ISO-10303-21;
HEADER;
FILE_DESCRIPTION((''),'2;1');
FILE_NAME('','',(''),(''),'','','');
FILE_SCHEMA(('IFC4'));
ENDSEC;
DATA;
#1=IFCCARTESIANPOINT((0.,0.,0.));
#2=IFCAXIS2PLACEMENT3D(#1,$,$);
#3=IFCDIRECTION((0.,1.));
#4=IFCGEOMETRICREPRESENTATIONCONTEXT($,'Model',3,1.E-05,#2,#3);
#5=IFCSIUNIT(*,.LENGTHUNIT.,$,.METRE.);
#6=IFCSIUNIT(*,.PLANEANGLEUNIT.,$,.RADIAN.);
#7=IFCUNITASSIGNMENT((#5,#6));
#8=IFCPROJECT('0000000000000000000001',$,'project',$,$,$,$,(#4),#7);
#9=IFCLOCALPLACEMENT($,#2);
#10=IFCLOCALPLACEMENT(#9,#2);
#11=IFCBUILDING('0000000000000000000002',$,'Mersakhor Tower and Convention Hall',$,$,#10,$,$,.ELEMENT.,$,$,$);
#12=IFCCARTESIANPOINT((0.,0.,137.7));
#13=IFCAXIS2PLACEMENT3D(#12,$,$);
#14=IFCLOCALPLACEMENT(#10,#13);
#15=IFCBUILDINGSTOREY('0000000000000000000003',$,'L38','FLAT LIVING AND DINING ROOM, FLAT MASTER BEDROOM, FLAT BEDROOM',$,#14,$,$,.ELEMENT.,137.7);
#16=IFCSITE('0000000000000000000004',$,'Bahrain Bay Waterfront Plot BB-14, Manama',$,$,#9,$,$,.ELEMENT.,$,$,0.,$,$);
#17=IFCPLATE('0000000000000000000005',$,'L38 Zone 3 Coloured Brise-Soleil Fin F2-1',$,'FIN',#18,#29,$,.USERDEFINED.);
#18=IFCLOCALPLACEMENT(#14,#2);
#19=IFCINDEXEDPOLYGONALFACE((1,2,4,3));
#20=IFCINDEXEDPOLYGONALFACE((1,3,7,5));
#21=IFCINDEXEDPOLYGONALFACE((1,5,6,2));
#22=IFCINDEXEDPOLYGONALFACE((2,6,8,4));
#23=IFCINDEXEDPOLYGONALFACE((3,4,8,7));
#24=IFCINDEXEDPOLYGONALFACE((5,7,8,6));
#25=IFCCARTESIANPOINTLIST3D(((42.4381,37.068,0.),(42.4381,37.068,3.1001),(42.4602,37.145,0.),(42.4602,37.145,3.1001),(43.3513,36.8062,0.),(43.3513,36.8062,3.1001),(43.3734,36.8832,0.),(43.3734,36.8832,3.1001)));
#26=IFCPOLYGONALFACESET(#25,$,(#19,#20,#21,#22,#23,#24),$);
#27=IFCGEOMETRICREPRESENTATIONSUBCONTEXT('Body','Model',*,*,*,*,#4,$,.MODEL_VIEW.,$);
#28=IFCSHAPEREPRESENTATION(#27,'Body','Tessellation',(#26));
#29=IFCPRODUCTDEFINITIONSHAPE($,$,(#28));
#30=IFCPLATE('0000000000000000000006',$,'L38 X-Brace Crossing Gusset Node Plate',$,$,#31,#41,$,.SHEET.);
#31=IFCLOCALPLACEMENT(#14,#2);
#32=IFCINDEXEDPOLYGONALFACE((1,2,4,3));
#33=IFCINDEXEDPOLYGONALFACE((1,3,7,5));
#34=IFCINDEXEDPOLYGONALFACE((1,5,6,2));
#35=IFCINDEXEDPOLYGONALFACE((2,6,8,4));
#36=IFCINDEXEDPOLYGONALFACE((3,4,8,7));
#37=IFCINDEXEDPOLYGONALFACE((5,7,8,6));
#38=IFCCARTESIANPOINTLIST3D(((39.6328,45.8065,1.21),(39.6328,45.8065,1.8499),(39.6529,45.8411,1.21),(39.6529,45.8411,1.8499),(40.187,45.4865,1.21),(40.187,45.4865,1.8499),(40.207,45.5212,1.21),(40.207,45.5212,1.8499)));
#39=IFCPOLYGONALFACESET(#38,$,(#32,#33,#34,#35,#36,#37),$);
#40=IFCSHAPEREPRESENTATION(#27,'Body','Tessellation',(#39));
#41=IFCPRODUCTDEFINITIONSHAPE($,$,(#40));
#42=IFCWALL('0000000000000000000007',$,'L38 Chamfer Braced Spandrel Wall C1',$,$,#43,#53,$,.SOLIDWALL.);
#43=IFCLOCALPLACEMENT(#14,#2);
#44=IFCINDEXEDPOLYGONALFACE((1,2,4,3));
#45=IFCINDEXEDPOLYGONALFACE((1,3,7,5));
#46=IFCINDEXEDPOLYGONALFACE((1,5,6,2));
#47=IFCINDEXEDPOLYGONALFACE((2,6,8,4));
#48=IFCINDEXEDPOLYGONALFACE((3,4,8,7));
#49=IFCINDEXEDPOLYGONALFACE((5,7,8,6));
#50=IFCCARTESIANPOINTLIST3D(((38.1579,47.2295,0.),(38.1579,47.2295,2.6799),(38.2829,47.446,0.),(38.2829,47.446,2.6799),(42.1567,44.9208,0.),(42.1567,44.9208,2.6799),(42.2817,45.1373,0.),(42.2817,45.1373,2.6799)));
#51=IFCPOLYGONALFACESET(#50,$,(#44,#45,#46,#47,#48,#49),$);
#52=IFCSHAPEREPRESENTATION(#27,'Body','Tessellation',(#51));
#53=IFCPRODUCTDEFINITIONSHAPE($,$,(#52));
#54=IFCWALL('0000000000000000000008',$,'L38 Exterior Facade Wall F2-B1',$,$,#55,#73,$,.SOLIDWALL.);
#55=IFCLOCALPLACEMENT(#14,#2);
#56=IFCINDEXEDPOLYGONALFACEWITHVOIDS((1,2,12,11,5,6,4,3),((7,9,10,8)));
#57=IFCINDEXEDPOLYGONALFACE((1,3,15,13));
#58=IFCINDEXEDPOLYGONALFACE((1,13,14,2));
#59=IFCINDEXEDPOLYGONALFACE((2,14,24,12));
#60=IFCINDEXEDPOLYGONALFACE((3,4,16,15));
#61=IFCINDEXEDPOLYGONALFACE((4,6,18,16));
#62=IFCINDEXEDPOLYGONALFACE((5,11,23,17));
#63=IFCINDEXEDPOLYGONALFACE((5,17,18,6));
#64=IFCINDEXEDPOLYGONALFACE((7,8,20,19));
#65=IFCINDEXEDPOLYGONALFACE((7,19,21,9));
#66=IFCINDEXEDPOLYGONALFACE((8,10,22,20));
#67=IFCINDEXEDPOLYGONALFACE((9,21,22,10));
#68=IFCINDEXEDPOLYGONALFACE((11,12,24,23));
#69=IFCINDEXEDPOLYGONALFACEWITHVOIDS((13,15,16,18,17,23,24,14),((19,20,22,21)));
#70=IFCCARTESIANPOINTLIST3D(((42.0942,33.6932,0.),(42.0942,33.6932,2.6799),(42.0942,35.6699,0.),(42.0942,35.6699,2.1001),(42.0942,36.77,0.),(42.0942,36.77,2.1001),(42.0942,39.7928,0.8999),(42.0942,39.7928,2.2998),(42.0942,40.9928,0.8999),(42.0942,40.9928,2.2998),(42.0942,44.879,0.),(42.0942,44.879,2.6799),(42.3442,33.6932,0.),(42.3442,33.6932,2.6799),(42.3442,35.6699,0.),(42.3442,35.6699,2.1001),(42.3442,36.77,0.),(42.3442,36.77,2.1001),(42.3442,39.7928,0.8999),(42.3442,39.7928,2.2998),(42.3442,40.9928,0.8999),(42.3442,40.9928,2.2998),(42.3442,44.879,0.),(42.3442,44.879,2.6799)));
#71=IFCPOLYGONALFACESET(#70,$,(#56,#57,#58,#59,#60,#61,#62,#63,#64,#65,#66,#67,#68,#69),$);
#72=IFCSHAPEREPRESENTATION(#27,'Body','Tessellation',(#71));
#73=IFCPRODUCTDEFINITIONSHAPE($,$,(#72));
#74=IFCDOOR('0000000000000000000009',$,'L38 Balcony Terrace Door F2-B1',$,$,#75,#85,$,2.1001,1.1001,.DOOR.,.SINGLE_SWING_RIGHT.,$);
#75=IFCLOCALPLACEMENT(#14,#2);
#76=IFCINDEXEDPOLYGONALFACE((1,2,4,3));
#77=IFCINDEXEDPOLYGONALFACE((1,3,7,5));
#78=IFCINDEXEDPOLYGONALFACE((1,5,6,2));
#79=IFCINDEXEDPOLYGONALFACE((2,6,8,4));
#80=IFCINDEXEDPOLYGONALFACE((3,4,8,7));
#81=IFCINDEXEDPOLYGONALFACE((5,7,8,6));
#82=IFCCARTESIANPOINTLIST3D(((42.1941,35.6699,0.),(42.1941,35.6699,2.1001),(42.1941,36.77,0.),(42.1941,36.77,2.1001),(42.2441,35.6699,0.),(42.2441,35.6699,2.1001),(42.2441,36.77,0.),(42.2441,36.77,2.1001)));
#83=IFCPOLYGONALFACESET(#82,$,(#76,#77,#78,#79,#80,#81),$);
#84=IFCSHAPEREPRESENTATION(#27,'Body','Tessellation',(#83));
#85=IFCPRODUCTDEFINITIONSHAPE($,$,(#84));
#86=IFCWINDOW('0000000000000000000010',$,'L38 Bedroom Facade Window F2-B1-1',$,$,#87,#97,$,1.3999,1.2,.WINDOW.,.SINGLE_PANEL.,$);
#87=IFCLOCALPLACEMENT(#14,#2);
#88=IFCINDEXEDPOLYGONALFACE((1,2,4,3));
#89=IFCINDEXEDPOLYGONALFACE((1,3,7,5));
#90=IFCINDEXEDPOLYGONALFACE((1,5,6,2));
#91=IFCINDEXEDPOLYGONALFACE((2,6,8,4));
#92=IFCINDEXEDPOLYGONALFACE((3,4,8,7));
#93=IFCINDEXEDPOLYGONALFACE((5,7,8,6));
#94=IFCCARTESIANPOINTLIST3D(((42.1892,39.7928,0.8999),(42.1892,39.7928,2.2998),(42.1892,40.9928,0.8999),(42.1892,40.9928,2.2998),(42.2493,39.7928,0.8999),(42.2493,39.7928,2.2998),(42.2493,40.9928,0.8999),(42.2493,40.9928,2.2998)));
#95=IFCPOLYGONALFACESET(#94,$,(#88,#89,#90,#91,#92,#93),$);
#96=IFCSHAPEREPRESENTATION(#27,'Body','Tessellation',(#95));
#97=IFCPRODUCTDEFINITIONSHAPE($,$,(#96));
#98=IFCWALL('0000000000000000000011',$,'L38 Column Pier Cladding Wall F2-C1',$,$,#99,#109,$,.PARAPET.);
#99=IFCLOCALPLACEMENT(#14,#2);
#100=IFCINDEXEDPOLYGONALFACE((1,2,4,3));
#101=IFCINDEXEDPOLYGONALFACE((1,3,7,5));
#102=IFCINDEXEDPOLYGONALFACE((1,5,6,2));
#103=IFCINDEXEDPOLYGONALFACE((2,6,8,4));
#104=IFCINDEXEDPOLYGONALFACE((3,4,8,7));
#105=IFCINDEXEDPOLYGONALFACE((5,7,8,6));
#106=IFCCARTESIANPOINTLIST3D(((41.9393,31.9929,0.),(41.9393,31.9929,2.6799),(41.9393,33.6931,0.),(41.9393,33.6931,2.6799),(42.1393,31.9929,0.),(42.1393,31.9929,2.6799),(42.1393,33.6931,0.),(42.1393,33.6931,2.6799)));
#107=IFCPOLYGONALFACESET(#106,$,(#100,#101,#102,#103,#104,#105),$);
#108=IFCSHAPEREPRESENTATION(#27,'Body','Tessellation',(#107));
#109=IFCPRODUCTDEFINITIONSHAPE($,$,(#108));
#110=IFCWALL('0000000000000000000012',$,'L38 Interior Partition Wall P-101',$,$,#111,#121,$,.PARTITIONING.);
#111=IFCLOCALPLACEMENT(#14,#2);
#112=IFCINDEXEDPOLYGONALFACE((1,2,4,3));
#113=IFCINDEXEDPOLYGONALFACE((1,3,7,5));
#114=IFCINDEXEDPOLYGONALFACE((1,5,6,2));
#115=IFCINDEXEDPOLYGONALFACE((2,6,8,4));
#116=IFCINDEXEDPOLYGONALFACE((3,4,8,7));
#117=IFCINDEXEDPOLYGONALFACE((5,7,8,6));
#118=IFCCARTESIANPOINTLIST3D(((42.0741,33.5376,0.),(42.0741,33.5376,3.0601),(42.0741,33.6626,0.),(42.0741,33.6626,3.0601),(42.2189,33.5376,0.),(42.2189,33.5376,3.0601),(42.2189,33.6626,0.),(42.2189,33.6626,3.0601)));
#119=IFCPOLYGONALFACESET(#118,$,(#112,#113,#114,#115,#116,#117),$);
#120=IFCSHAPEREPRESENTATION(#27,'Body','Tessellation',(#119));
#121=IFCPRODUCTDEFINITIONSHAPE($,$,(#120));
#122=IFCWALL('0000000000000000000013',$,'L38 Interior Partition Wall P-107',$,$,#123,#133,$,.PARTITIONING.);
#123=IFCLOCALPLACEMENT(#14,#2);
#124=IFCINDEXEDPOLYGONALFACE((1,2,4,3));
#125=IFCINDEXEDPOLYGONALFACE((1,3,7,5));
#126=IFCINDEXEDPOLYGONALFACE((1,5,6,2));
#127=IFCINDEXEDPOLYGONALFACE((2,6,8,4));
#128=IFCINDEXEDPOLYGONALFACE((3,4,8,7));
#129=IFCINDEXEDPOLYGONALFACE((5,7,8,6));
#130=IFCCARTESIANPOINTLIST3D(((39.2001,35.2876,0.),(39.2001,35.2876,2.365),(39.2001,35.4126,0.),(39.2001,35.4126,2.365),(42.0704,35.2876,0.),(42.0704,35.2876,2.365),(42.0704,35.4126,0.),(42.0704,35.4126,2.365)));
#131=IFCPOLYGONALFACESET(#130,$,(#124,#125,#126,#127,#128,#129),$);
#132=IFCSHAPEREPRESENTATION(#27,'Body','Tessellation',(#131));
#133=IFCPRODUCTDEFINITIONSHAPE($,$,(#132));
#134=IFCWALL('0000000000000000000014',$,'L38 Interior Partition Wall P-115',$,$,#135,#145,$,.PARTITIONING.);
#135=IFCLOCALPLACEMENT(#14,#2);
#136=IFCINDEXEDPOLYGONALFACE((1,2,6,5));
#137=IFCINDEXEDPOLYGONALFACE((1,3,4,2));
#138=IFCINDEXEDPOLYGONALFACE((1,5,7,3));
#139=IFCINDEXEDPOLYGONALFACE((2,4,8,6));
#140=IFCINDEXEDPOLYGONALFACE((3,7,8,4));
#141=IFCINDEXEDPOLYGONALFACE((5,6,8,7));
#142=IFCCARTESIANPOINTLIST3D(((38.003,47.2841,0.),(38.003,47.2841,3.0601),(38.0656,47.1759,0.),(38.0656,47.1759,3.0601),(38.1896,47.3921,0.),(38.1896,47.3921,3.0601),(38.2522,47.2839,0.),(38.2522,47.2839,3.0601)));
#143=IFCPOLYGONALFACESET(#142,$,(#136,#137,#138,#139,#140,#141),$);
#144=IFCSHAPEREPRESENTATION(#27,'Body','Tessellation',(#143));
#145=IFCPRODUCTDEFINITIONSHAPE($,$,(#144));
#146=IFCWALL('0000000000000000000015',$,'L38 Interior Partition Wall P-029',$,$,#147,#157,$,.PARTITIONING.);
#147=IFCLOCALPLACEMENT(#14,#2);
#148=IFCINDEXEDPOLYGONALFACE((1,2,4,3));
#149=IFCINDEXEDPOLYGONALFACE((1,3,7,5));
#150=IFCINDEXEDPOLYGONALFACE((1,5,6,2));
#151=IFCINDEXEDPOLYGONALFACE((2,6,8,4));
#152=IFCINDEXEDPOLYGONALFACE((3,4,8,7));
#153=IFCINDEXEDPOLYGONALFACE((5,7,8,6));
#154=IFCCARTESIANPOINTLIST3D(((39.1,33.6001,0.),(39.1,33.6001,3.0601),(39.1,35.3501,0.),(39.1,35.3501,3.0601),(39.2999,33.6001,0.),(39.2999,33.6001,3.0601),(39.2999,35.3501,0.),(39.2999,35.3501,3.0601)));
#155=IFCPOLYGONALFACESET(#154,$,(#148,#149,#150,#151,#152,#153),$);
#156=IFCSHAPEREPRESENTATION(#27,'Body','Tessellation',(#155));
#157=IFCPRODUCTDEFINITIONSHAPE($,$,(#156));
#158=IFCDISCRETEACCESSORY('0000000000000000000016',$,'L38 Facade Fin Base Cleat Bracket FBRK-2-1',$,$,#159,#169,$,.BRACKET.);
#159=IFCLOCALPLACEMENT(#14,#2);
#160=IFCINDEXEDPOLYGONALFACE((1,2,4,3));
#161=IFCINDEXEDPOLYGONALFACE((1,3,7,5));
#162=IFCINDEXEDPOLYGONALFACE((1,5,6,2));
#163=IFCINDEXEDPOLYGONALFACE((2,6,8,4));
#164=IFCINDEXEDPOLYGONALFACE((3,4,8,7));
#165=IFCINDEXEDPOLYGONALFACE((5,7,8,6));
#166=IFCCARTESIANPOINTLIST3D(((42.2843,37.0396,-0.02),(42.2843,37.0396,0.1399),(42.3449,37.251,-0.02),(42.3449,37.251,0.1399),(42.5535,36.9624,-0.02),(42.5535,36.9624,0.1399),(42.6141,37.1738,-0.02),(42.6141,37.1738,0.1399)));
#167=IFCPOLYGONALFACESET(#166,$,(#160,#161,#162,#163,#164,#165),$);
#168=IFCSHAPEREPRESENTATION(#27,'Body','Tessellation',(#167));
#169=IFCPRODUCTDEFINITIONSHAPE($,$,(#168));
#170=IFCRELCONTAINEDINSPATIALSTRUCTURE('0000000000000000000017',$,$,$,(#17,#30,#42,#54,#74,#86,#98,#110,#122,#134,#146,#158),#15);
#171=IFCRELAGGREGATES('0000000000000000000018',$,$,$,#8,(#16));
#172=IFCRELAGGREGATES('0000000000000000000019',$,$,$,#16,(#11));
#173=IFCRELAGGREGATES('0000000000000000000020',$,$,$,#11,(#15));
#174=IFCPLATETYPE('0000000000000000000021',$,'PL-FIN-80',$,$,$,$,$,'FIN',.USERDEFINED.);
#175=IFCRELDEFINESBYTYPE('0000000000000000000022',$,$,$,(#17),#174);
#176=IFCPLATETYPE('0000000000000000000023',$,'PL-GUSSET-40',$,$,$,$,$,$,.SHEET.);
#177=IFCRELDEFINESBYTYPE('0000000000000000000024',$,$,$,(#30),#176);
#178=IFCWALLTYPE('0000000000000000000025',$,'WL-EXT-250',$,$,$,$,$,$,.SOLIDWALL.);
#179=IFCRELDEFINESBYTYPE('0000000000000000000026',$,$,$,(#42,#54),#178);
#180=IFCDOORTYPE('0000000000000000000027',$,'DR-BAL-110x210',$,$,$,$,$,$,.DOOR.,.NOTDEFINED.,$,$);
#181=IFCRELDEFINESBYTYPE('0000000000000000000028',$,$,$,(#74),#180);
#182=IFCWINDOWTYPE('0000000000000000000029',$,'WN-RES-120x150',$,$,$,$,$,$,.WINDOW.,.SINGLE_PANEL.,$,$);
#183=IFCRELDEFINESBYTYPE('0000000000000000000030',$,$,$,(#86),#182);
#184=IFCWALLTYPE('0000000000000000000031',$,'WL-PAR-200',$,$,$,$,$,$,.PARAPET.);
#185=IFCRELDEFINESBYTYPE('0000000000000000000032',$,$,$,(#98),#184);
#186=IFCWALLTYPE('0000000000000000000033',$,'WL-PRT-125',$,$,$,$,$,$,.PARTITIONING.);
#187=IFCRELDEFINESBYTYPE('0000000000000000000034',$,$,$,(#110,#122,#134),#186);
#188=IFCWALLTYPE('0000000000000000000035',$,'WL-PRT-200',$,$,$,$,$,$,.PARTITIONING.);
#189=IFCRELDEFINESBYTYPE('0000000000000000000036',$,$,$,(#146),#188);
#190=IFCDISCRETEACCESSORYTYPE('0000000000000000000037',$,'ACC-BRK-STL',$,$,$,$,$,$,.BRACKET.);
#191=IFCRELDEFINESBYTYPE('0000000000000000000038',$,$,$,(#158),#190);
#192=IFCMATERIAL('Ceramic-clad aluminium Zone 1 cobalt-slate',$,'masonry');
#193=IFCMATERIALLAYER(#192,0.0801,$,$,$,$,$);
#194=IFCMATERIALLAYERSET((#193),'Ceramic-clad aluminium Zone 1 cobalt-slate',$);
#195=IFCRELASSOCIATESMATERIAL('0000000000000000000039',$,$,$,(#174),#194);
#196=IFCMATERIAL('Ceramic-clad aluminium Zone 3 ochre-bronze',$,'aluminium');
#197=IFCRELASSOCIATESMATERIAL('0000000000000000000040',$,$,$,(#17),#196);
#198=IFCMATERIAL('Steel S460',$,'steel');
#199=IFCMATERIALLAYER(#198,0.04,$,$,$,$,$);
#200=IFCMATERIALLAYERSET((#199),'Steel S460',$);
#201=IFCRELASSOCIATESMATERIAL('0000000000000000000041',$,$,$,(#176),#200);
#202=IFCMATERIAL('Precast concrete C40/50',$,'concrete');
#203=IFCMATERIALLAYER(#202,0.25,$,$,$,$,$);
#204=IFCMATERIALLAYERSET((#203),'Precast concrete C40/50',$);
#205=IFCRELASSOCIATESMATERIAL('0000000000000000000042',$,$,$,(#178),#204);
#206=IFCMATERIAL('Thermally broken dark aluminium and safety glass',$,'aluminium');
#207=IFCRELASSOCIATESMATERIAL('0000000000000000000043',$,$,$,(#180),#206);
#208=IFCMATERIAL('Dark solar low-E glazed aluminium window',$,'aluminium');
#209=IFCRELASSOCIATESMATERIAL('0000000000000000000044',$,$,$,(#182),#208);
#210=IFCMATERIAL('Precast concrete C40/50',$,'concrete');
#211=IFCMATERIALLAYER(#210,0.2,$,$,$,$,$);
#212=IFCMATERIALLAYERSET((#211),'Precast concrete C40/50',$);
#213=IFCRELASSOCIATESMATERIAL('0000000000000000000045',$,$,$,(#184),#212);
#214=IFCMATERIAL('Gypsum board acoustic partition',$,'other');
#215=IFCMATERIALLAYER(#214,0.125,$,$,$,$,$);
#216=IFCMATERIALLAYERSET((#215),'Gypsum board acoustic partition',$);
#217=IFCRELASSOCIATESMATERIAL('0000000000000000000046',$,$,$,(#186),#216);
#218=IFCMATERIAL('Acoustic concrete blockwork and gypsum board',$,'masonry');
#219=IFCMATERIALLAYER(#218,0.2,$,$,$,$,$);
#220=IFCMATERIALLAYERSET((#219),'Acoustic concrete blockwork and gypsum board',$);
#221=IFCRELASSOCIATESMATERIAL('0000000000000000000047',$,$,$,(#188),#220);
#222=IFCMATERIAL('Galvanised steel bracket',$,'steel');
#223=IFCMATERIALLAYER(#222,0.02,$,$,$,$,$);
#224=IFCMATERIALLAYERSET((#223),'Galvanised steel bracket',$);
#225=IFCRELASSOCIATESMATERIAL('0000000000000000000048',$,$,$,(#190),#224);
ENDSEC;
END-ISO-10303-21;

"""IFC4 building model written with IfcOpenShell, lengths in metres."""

from ifc_helpers import new_model, si_unit, direction, frame, frame_2d, origin, origin_2d, place, context, subcontext, project, spatial, rectangle, extrude, material, layer, layer_set, type_object, element, fill, save


model = new_model("IFC4")

# Units and contexts
model_context = context("Model", 3, precision=1e-05, world=origin(), true_north=direction((0.0, 1.0)))
body_context = subcontext(model_context, "Body", "Model", "MODEL_VIEW")
ifc_project = project(units=[si_unit("LENGTHUNIT", "METRE"), si_unit("PLANEANGLEUNIT", "RADIAN")], contexts=[model_context])

# Site, building, storey
site_placement = place(None, origin())
site = spatial("IfcSite", under=ifc_project, at=site_placement, Name="Bahrain Bay Waterfront Plot BB-14, Manama", CompositionType="ELEMENT", RefElevation=0.0)
building_placement = place(site_placement, origin())
building = spatial("IfcBuilding", under=site, at=building_placement, Name="Mersakhor Tower and Convention Hall", CompositionType="ELEMENT")
storey_placement = place(building_placement, frame((0.0, 0.0, 137.7)))
storey = spatial("IfcBuildingStorey", under=building, at=storey_placement, Name="L38", Description="FLAT LIVING AND DINING ROOM, FLAT MASTER BEDROOM, FLAT BEDROOM", CompositionType="ELEMENT", Elevation=137.7)

# Plates
ifc_material_1 = material(Name="Ceramic-clad aluminium Zone 3 ochre-bronze", Category="aluminium")
ifc_material_2 = material(Name="Ceramic-clad aluminium Zone 1 cobalt-slate", Category="masonry")
ifc_layer_1 = layer(ifc_material_2, 0.0801)
ifc_layer_set_1 = layer_set([ifc_layer_1], Name="Ceramic-clad aluminium Zone 1 cobalt-slate")
plate_type_1 = type_object("IfcPlateType", Name="PL-FIN-80", ElementType="FIN", PredefinedType="USERDEFINED", material=ifc_layer_set_1)
plate_1_placement = place(storey_placement, frame((42.9058, 36.9756, 0.0), z_axis=(0.0, 0.0, 1.0), x_axis=(0.961262, -0.275637, 0.0)))
element("IfcPlate", 1, at=plate_1_placement, inside=storey, type_object=plate_type_1, material=ifc_material_1, Name="L38 Zone 3 Coloured Brise-Soleil Fin F2-1", ObjectType="FIN", PredefinedType="USERDEFINED", context=body_context, shape_type="SweptSolid", body=[
    extrude(rectangle(XDim=0.95, YDim=0.0801, at=origin_2d()), origin(), (0.0, 0.0, 1.0), 3.1001),
])
ifc_material_3 = material(Name="Steel S460", Category="steel")
ifc_layer_2 = layer(ifc_material_3, 0.04)
ifc_layer_set_2 = layer_set([ifc_layer_2], Name="Steel S460")
plate_type_2 = type_object("IfcPlateType", Name="PL-GUSSET-40", PredefinedType="SHEET", material=ifc_layer_set_2)
plate_2_placement = place(storey_placement, frame((39.9199, 45.6638, 1.21), z_axis=(0.0, 0.0, 1.0), x_axis=(-0.866025, 0.5, 0.0)))
element("IfcPlate", 2, at=plate_2_placement, inside=storey, type_object=plate_type_2, Name="L38 X-Brace Crossing Gusset Node Plate", PredefinedType="SHEET", context=body_context, shape_type="SweptSolid", body=[
    extrude(rectangle(XDim=0.6399, YDim=0.04, at=origin_2d()), origin(), (0.0, 0.0, 1.0), 0.6399),
])

# Wall
ifc_material_4 = material(Name="Precast concrete C40/50", Category="concrete")
ifc_layer_3 = layer(ifc_material_4, 0.25)
ifc_layer_set_3 = layer_set([ifc_layer_3], Name="Precast concrete C40/50")
wall_type_1 = type_object("IfcWallType", Name="WL-EXT-250", PredefinedType="SOLIDWALL", material=ifc_layer_set_3)
wall_1_placement = place(storey_placement, frame((38.2205, 47.3376, 0.0), z_axis=(0.0, 0.0, 1.0), x_axis=(0.866035, -0.499983, 0.0)))
element("IfcWall", 3, at=wall_1_placement, inside=storey, type_object=wall_type_1, Name="L38 Chamfer Braced Spandrel Wall C1", PredefinedType="SOLIDWALL", context=body_context, shape_type="SweptSolid", body=[
    extrude(rectangle(XDim=4.6174, YDim=0.25, at=frame_2d((2.3086, 0.0))), origin(), (0.0, 0.0, 1.0), 2.6799),
])

# Wall, openings, door, window
wall_2_placement = place(storey_placement, frame((42.2192, 44.8789, 0.0), z_axis=(0.0, 0.0, 1.0), x_axis=(0.0, -1.0, 0.0)))
wall_2 = element("IfcWall", 4, at=wall_2_placement, inside=storey, type_object=wall_type_1, Name="L38 Exterior Facade Wall F2-B1", PredefinedType="SOLIDWALL", context=body_context, shape_type="SweptSolid", body=[
    extrude(rectangle(XDim=11.1858, YDim=0.25, at=frame_2d((5.5928, 0.0))), origin(), (0.0, 0.0, 1.0), 2.6799),
])
opening_1_placement = place(wall_2_placement, frame((8.1089, 0.0, 0.0)))
opening_1 = element("IfcOpeningElement", 5, at=opening_1_placement, cuts=wall_2, PredefinedType="OPENING", context=body_context, shape_type="SweptSolid", body=[
    extrude(rectangle(XDim=1.1001, YDim=2.1001, at=frame_2d((0.55, 1.05))), frame((0.0, 0.135, 0.0), z_axis=(0.0, -1.0, 0.0), x_axis=(1.0, 0.0, 0.0)), (0.0, 0.0, 1.0), 0.27),
])
opening_2_placement = place(wall_2_placement, frame((3.886, 0.0, 0.8999)))
opening_2 = element("IfcOpeningElement", 6, at=opening_2_placement, cuts=wall_2, PredefinedType="OPENING", context=body_context, shape_type="SweptSolid", body=[
    extrude(rectangle(XDim=1.2, YDim=1.3999, at=frame_2d((0.6001, 0.7))), frame((0.0, 0.135, 0.0), z_axis=(0.0, -1.0, 0.0), x_axis=(1.0, 0.0, 0.0)), (0.0, 0.0, 1.0), 0.27),
])
ifc_material_5 = material(Name="Thermally broken dark aluminium and safety glass", Category="aluminium")
door_type = type_object("IfcDoorType", Name="DR-BAL-110x210", OperationType="NOTDEFINED", PredefinedType="DOOR", material=ifc_material_5)
door_placement = place(opening_1_placement, origin())
door = element("IfcDoor", 7, at=door_placement, inside=storey, type_object=door_type, Name="L38 Balcony Terrace Door F2-B1", OperationType="SINGLE_SWING_RIGHT", OverallHeight=2.1001, OverallWidth=1.1001, PredefinedType="DOOR", context=body_context, shape_type="SweptSolid", body=[
    extrude(rectangle(XDim=1.1001, YDim=2.1001, at=frame_2d((0.55, 1.05))), frame((0.0, 0.0249, 0.0), z_axis=(0.0, -1.0, 0.0), x_axis=(1.0, 0.0, 0.0)), (0.0, 0.0, 1.0), 0.05),
])
fill(opening_1, door)
ifc_material_6 = material(Name="Dark solar low-E glazed aluminium window", Category="aluminium")
window_type = type_object("IfcWindowType", Name="WN-RES-120x150", PartitioningType="SINGLE_PANEL", PredefinedType="WINDOW", material=ifc_material_6)
window_placement = place(opening_2_placement, origin())
window = element("IfcWindow", 8, at=window_placement, inside=storey, type_object=window_type, Name="L38 Bedroom Facade Window F2-B1-1", OverallHeight=1.3999, OverallWidth=1.2, PartitioningType="SINGLE_PANEL", PredefinedType="WINDOW", context=body_context, shape_type="SweptSolid", body=[
    extrude(rectangle(XDim=1.2, YDim=1.3999, at=frame_2d((0.6001, 0.7))), frame((0.0, 0.03, 0.0), z_axis=(0.0, -1.0, 0.0), x_axis=(1.0, 0.0, 0.0)), (0.0, 0.0, 1.0), 0.0601),
])
fill(opening_2, window)

# Walls
ifc_material_7 = material(Name="Precast concrete C40/50", Category="concrete")
ifc_layer_4 = layer(ifc_material_7, 0.2)
ifc_layer_set_4 = layer_set([ifc_layer_4], Name="Precast concrete C40/50")
wall_type_2 = type_object("IfcWallType", Name="WL-PAR-200", PredefinedType="PARAPET", material=ifc_layer_set_4)
wall_3_placement = place(storey_placement, frame((42.0393, 33.6931, 0.0), z_axis=(0.0, 0.0, 1.0), x_axis=(0.0, -1.0, 0.0)))
element("IfcWall", 9, at=wall_3_placement, inside=storey, type_object=wall_type_2, Name="L38 Column Pier Cladding Wall F2-C1", PredefinedType="PARAPET", context=body_context, shape_type="SweptSolid", body=[
    extrude(rectangle(XDim=1.7002, YDim=0.2, at=frame_2d((0.8501, 0.0))), origin(), (0.0, 0.0, 1.0), 2.6799),
])
ifc_material_8 = material(Name="Gypsum board acoustic partition", Category="other")
ifc_layer_5 = layer(ifc_material_8, 0.125)
ifc_layer_set_5 = layer_set([ifc_layer_5], Name="Gypsum board acoustic partition")
wall_type_3 = type_object("IfcWallType", Name="WL-PRT-125", PredefinedType="PARTITIONING", material=ifc_layer_set_5)
wall_4_placement = place(storey_placement, frame((42.0742, 33.6001, 0.0), z_axis=(0.0, 0.0, 1.0), x_axis=(1.0, 0.0, 0.0)))
element("IfcWall", 10, at=wall_4_placement, inside=storey, type_object=wall_type_3, Name="L38 Interior Partition Wall P-101", PredefinedType="PARTITIONING", context=body_context, shape_type="SweptSolid", body=[
    extrude(rectangle(XDim=0.1448, YDim=0.125, at=frame_2d((0.0723, 0.0))), origin(), (0.0, 0.0, 1.0), 3.0601),
])
wall_5_placement = place(storey_placement, frame((42.0703, 35.3501, 0.0), z_axis=(0.0, 0.0, 1.0), x_axis=(-1.0, 0.0, 0.0)))
element("IfcWall", 11, at=wall_5_placement, inside=storey, type_object=wall_type_3, Name="L38 Interior Partition Wall P-107", PredefinedType="PARTITIONING", context=body_context, shape_type="SweptSolid", body=[
    extrude(rectangle(XDim=2.8704, YDim=0.125, at=frame_2d((1.4351, 0.0))), origin(), (0.0, 0.0, 1.0), 2.365),
])
wall_6_placement = place(storey_placement, frame((38.0342, 47.23, 0.0), z_axis=(0.0, 0.0, 1.0), x_axis=(0.865581, 0.500768, 0.0)))
element("IfcWall", 12, at=wall_6_placement, inside=storey, type_object=wall_type_3, Name="L38 Interior Partition Wall P-115", PredefinedType="PARTITIONING", context=body_context, shape_type="SweptSolid", body=[
    extrude(rectangle(XDim=0.2156, YDim=0.125, at=frame_2d((0.1079, 0.0))), origin(), (0.0, 0.0, 1.0), 3.0601),
])
ifc_material_9 = material(Name="Acoustic concrete blockwork and gypsum board", Category="masonry")
ifc_layer_6 = layer(ifc_material_9, 0.2)
ifc_layer_set_6 = layer_set([ifc_layer_6], Name="Acoustic concrete blockwork and gypsum board")
wall_type_4 = type_object("IfcWallType", Name="WL-PRT-200", PredefinedType="PARTITIONING", material=ifc_layer_set_6)
wall_7_placement = place(storey_placement, frame((39.2, 35.3501, 0.0), z_axis=(0.0, 0.0, 1.0), x_axis=(0.0, -1.0, 0.0)))
element("IfcWall", 13, at=wall_7_placement, inside=storey, type_object=wall_type_4, Name="L38 Interior Partition Wall P-029", PredefinedType="PARTITIONING", context=body_context, shape_type="SweptSolid", body=[
    extrude(rectangle(XDim=1.75, YDim=0.2, at=frame_2d((0.875, 0.0))), origin(), (0.0, 0.0, 1.0), 3.0601),
])

# Discrete accessory
ifc_material_10 = material(Name="Galvanised steel bracket", Category="steel")
ifc_layer_7 = layer(ifc_material_10, 0.02)
ifc_layer_set_7 = layer_set([ifc_layer_7], Name="Galvanised steel bracket")
discrete_accessory_type = type_object("IfcDiscreteAccessoryType", Name="ACC-BRK-STL", PredefinedType="BRACKET", material=ifc_layer_set_7)
discrete_accessory_placement = place(storey_placement, frame((42.4492, 37.1067, -0.02), z_axis=(0.0, 0.0, 1.0), x_axis=(0.961262, -0.275637, 0.0)))
element("IfcDiscreteAccessory", 14, at=discrete_accessory_placement, inside=storey, type_object=discrete_accessory_type, Name="L38 Facade Fin Base Cleat Bracket FBRK-2-1", PredefinedType="BRACKET", context=body_context, shape_type="SweptSolid", body=[
    extrude(rectangle(XDim=0.28, YDim=0.22, at=origin_2d()), origin(), (0.0, 0.0, 1.0), 0.1599),
])

save(model, "model.ifc")
